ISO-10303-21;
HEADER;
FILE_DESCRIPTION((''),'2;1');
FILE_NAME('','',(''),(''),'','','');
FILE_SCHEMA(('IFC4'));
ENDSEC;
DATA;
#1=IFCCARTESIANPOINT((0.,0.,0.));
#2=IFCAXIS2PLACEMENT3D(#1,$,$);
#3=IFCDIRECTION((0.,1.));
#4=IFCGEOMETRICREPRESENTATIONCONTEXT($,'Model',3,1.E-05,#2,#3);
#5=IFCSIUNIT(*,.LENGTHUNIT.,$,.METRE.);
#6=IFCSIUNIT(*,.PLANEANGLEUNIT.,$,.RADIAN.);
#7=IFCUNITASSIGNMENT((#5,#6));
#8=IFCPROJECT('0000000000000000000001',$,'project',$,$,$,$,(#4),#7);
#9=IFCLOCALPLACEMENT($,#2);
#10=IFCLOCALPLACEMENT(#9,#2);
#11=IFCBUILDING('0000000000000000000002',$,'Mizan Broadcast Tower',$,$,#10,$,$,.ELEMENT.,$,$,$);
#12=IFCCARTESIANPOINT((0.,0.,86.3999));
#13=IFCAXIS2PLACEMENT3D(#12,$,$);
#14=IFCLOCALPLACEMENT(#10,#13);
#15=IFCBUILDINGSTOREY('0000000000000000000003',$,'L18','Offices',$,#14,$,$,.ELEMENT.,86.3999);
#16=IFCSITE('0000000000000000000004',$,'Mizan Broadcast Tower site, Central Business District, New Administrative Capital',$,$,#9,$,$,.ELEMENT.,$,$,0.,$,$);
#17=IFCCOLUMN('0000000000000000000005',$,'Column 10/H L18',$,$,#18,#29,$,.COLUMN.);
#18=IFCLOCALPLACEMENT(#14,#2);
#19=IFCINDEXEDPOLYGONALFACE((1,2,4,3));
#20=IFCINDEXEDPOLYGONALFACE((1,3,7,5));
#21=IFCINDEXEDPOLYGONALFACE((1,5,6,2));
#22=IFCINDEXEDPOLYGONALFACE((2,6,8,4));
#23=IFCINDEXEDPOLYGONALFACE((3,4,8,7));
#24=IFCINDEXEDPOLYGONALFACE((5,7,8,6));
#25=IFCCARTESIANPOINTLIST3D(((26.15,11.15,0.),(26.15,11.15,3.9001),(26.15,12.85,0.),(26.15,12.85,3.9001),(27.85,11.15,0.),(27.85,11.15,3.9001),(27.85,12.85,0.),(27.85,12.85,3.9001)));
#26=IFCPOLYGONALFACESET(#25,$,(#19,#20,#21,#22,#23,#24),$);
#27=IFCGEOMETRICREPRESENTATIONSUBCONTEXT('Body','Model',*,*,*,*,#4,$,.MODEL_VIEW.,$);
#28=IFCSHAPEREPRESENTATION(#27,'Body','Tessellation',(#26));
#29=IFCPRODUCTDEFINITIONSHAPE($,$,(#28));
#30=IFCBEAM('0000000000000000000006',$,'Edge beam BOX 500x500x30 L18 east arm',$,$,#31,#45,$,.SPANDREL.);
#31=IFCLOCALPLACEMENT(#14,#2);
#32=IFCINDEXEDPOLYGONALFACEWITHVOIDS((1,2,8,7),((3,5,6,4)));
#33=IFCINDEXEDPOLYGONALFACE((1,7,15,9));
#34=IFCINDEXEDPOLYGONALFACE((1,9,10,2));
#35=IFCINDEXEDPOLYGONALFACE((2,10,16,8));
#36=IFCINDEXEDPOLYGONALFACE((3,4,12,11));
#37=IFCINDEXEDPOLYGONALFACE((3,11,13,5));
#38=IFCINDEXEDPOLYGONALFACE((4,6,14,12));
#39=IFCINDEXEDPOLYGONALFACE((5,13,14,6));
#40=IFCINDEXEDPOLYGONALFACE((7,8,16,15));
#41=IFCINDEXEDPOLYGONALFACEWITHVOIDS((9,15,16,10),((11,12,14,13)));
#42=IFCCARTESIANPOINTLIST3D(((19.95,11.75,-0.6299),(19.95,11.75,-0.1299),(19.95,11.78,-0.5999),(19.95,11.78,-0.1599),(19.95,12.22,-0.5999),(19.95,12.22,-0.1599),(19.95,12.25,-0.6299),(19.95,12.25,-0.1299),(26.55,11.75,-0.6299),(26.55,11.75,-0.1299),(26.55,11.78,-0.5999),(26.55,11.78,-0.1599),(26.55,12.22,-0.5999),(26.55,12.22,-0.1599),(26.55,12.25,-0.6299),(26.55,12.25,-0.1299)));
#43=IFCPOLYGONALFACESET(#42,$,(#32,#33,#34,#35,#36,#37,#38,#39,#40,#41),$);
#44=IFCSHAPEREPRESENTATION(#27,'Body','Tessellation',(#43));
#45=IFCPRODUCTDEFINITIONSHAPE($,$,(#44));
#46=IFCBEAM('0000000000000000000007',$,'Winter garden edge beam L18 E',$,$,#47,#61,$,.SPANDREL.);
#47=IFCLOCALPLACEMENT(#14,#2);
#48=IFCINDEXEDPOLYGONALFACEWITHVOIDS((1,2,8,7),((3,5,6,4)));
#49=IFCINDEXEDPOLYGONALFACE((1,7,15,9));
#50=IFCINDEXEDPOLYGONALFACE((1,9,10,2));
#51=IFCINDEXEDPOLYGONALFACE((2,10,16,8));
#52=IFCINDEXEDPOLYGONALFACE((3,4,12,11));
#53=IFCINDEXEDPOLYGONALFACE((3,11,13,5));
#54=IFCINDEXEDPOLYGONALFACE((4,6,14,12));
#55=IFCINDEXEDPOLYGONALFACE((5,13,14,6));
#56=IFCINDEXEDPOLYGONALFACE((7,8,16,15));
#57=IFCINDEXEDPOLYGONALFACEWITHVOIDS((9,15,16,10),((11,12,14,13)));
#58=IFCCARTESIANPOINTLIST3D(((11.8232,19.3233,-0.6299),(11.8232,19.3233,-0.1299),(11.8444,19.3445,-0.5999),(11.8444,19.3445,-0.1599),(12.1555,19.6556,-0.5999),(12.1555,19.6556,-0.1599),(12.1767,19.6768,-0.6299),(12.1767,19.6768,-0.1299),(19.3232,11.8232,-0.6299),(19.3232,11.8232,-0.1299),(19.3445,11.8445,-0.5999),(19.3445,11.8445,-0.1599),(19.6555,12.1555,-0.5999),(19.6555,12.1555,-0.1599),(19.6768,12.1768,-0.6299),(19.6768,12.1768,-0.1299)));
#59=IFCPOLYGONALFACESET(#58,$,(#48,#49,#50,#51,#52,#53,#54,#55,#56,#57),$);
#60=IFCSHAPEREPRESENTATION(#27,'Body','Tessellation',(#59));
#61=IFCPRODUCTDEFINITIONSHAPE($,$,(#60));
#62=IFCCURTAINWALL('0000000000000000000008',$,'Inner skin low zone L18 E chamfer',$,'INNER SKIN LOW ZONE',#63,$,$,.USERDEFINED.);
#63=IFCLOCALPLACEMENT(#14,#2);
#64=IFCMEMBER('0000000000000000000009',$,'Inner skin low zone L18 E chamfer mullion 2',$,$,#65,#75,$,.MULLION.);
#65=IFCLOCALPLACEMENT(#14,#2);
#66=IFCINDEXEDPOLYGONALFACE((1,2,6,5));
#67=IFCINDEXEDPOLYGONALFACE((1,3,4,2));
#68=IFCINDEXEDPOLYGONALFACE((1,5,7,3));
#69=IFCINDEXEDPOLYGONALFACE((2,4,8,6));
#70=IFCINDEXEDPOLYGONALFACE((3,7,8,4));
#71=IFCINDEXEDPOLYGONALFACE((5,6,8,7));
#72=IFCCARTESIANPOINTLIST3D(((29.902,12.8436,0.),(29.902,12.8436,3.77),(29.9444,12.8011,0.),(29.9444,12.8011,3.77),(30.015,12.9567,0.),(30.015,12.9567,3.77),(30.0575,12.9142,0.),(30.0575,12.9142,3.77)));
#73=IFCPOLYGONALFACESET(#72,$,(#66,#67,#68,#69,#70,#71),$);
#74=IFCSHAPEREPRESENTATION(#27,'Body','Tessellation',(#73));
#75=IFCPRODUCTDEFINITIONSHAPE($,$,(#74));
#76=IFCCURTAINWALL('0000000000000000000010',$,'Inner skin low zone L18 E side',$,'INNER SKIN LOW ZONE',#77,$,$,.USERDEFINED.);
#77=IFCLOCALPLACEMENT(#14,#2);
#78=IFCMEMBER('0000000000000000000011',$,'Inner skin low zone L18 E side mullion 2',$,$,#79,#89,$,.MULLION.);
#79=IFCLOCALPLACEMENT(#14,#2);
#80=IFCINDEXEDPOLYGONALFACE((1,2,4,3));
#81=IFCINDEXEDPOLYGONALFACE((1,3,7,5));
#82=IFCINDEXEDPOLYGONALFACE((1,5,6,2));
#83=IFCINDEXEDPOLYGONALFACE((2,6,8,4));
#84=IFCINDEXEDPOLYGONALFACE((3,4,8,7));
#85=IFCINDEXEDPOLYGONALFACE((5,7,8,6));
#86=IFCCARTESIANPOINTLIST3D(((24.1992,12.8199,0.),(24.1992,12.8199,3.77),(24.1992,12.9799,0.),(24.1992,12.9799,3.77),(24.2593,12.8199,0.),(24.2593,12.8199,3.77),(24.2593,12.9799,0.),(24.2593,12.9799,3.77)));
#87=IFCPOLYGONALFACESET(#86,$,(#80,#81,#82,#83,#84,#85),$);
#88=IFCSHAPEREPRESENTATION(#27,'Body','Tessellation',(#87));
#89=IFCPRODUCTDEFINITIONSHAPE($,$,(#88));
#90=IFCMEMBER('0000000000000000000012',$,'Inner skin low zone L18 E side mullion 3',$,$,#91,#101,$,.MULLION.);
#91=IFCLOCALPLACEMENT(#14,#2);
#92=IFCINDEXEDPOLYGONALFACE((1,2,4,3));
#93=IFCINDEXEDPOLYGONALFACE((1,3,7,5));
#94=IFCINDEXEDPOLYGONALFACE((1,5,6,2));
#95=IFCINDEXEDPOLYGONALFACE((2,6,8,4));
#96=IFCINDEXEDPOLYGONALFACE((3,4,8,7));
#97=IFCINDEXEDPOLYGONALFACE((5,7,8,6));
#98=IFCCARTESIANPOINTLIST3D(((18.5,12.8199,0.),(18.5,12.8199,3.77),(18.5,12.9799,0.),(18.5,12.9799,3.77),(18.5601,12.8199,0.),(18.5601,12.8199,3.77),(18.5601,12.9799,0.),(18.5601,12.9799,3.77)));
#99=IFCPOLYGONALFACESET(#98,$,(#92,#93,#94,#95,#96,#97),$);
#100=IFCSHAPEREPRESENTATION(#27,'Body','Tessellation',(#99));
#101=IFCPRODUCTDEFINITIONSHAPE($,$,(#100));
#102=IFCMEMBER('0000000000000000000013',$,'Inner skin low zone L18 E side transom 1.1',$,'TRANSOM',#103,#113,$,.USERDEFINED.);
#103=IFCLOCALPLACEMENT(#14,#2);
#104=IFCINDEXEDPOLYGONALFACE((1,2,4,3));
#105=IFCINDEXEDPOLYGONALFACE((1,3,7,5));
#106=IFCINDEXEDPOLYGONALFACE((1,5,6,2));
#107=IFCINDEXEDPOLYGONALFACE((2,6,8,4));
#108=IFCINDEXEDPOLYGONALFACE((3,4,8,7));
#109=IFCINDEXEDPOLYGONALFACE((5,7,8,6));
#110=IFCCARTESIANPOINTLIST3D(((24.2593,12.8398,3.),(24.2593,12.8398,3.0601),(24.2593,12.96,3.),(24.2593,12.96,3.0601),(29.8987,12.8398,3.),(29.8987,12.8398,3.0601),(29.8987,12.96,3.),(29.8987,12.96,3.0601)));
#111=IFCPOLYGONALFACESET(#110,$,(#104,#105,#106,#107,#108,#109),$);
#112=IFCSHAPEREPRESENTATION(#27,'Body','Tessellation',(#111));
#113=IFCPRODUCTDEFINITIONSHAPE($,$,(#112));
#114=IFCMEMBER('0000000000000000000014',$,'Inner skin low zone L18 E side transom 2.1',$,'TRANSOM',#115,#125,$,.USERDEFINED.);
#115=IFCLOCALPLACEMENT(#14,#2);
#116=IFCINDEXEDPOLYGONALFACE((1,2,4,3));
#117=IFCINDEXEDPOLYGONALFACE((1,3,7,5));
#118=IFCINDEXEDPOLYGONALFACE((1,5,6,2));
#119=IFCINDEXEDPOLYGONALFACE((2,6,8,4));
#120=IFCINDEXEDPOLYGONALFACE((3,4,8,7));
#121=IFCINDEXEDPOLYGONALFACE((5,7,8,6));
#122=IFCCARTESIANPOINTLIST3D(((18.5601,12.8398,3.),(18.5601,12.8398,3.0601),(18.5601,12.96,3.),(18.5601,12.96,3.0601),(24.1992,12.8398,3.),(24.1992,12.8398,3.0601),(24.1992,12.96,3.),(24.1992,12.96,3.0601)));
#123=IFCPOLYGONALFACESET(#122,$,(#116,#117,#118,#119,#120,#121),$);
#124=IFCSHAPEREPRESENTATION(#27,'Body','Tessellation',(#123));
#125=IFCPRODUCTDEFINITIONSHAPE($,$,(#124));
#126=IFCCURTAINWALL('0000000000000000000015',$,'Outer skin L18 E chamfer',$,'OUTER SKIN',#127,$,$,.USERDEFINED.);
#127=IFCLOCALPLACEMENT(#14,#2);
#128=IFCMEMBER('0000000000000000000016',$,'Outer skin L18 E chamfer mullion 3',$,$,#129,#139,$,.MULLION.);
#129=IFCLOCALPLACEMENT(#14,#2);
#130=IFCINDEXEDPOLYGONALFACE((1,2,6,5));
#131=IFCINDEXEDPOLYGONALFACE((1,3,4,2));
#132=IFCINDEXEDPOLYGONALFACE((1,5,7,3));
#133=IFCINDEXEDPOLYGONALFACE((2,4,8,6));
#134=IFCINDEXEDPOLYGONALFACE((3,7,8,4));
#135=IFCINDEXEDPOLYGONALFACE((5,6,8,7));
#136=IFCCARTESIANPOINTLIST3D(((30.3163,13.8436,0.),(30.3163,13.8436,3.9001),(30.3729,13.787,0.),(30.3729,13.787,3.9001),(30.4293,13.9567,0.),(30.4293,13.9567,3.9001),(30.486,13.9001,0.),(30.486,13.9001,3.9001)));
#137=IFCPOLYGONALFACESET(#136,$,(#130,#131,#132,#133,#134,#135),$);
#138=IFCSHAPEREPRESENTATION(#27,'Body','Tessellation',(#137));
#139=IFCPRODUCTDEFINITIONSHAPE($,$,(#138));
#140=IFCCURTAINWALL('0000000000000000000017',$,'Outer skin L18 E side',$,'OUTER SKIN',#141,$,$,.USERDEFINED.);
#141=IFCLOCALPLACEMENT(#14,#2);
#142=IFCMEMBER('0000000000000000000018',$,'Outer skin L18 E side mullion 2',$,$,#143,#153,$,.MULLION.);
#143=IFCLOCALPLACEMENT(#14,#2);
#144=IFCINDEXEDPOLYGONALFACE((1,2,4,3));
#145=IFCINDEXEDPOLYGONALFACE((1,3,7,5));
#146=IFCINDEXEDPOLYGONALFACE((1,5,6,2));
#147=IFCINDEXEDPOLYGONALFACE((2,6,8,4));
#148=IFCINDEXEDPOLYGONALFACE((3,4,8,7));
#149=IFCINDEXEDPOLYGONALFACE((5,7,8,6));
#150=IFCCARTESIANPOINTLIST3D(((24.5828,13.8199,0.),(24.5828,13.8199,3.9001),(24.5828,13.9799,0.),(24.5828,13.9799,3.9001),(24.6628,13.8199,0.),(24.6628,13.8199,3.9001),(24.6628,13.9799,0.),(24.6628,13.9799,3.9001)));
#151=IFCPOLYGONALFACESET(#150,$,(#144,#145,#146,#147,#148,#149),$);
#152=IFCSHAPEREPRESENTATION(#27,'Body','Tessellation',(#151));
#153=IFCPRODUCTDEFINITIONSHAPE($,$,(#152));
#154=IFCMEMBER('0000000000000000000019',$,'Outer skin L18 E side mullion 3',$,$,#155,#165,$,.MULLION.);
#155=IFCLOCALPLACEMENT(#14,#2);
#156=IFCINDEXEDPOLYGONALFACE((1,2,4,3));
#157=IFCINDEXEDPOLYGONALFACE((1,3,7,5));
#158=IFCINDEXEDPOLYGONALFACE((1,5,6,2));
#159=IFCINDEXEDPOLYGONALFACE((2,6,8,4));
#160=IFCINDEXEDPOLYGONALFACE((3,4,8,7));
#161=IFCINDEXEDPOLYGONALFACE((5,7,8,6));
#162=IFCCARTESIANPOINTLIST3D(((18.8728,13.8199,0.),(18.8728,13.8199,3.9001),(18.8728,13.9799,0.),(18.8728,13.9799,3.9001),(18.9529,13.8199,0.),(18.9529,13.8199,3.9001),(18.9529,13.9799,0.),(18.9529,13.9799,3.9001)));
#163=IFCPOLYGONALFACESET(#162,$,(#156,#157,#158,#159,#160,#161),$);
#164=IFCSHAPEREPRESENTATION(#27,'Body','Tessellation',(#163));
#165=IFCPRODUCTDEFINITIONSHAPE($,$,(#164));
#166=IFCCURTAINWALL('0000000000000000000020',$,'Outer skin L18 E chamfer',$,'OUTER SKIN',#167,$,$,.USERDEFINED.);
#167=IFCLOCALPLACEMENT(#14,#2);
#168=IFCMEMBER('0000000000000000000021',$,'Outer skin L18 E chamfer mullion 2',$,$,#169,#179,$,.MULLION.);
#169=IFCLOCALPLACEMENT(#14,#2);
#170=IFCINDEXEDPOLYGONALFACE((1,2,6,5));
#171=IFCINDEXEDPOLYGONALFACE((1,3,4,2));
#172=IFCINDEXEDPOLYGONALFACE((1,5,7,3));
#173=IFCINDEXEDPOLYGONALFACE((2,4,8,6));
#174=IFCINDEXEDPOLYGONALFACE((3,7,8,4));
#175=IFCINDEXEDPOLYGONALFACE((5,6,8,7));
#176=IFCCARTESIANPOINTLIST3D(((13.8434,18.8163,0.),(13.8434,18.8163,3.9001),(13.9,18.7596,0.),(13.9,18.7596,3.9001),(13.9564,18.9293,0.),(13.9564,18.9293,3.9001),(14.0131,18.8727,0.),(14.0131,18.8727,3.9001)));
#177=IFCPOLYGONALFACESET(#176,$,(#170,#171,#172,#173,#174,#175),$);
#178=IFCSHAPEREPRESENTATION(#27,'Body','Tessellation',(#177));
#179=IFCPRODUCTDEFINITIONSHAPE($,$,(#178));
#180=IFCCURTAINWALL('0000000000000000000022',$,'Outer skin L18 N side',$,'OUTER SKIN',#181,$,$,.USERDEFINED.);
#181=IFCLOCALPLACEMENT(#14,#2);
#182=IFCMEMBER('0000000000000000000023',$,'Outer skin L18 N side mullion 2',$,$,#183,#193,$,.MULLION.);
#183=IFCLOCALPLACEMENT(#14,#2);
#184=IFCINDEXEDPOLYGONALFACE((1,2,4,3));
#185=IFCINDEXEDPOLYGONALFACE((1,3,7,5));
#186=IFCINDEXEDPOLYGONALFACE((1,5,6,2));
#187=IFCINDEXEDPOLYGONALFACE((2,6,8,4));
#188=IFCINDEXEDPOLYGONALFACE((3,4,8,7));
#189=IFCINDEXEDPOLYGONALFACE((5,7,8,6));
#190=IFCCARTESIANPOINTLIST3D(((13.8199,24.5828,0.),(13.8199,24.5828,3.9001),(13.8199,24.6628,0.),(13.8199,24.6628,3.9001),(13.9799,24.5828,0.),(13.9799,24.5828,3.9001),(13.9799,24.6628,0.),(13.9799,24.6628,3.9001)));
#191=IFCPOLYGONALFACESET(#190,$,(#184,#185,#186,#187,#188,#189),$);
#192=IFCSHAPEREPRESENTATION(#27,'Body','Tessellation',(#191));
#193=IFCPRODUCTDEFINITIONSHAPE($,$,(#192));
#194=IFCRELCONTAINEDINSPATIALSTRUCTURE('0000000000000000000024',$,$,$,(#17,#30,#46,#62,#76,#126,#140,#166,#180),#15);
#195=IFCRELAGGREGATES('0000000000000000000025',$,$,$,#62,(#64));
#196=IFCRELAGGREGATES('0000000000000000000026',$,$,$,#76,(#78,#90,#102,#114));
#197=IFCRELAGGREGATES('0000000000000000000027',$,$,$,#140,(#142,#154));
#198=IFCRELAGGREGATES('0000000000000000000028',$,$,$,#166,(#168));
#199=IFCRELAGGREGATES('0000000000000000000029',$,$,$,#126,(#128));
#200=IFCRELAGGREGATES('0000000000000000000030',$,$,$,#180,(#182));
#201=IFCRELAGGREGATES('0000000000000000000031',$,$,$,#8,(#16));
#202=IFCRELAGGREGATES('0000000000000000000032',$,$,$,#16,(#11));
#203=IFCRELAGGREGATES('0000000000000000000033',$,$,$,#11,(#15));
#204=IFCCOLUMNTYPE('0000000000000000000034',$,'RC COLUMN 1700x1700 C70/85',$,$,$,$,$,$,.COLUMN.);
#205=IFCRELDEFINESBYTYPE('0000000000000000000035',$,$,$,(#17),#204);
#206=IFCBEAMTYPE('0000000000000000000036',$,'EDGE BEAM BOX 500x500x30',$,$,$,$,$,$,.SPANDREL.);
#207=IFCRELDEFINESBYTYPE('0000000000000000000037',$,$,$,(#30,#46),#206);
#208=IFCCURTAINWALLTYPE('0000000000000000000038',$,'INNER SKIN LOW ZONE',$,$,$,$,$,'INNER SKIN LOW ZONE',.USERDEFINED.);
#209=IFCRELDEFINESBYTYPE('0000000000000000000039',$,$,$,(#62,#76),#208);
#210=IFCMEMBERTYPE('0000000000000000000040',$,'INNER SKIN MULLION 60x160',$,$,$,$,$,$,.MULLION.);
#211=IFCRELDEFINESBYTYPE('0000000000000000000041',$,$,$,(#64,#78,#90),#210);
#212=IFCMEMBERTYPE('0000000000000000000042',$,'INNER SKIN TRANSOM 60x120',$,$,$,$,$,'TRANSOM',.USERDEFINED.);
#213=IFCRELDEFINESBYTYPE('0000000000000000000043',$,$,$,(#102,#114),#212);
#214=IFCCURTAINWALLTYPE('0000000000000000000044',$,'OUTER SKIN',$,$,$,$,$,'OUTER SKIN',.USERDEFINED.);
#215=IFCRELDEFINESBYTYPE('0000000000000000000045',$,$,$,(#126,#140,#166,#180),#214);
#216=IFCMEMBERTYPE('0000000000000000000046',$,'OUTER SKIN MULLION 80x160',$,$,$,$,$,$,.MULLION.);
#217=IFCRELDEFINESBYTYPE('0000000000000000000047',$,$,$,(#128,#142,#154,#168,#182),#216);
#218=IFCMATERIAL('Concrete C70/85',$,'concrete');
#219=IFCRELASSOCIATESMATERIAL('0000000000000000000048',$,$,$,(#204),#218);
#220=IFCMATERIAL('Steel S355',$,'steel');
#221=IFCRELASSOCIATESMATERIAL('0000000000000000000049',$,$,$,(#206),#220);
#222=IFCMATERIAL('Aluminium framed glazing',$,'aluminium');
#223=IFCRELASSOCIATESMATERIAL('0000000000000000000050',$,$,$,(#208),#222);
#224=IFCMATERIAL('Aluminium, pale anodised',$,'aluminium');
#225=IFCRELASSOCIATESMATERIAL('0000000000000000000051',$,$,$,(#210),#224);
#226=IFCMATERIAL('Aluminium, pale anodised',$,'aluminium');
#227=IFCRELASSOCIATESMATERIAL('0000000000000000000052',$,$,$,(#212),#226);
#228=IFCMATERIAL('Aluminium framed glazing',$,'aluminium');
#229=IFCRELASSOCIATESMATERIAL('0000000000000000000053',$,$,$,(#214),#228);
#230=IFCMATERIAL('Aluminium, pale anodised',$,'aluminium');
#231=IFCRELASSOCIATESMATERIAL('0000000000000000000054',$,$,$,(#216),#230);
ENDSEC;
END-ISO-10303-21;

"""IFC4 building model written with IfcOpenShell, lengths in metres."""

from ifc_helpers import new_model, si_unit, direction, frame, origin, origin_2d, place, context, subcontext, project, spatial, rectangle, hollow_rectangle, extrude, material, material_profile, profile_set, type_object, element, aggregate, save


model = new_model("IFC4")

# Units and contexts
model_context = context("Model", 3, precision=1e-05, world=origin(), true_north=direction((0.0, 1.0)))
body_context = subcontext(model_context, "Body", "Model", "MODEL_VIEW")
ifc_project = project(units=[si_unit("LENGTHUNIT", "METRE"), si_unit("PLANEANGLEUNIT", "RADIAN")], contexts=[model_context])

# Site, building, storey
site_placement = place(None, origin())
site = spatial("IfcSite", under=ifc_project, at=site_placement, Name="Mizan Broadcast Tower site, Central Business District, New Administrative Capital", CompositionType="ELEMENT", RefElevation=0.0)
building_placement = place(site_placement, origin())
building = spatial("IfcBuilding", under=site, at=building_placement, Name="Mizan Broadcast Tower", CompositionType="ELEMENT")
storey_placement = place(building_placement, frame((0.0, 0.0, 86.3999)))
storey = spatial("IfcBuildingStorey", under=building, at=storey_placement, Name="L18", Description="Offices", CompositionType="ELEMENT", Elevation=86.3999)

# Column
ifc_material_1 = material(Name="Concrete C70/85", Category="concrete")
ifc_material_profile_1 = material_profile(ifc_material_1, rectangle(XDim=1.7, YDim=1.7, at=origin_2d()), Name="RC 1700x1700")
ifc_profile_set_1 = profile_set([ifc_material_profile_1], Name="Concrete C70/85")
column_type = type_object("IfcColumnType", Name="RC COLUMN 1700x1700 C70/85", PredefinedType="COLUMN", material=ifc_profile_set_1)
column_placement = place(storey_placement, frame((27.0, 12.0, 0.0), z_axis=(0.0, 0.0, 1.0), x_axis=(1.0, 0.0, 0.0)))
element("IfcColumn", 1, at=column_placement, inside=storey, type_object=column_type, Name="Column 10/H L18", PredefinedType="COLUMN", context=body_context, shape_type="SweptSolid", body=[
    extrude(rectangle(XDim=1.7, YDim=1.7, at=origin_2d()), origin(), (0.0, 0.0, 1.0), 3.9001),
])

# Beams
ifc_material_2 = material(Name="Steel S355", Category="steel")
ifc_material_profile_2 = material_profile(ifc_material_2, hollow_rectangle(XDim=0.5, YDim=0.5, WallThickness=0.03, at=origin_2d()), Name="BOX 500x500x30")
ifc_profile_set_2 = profile_set([ifc_material_profile_2], Name="Steel S355")
beam_type_1 = type_object("IfcBeamType", Name="EDGE BEAM BOX 500x500x30", PredefinedType="SPANDREL", material=ifc_profile_set_2)
beam_1_placement = place(storey_placement, frame((19.95, 12.0, -0.3799), z_axis=(1.0, 0.0, 0.0), x_axis=(0.0, 1.0, 0.0)))
element("IfcBeam", 2, at=beam_1_placement, inside=storey, type_object=beam_type_1, Name="Edge beam BOX 500x500x30 L18 east arm", PredefinedType="SPANDREL", context=body_context, shape_type="SweptSolid", body=[
    extrude(hollow_rectangle(XDim=0.5, YDim=0.5, WallThickness=0.03, at=origin_2d()), origin(), (0.0, 0.0, 1.0), 6.6001),
])
beam_2_placement = place(storey_placement, frame((19.5, 12.0, -0.3799), z_axis=(-0.707107, 0.707107, 0.0), x_axis=(-0.707107, -0.707107, 0.0)))
element("IfcBeam", 3, at=beam_2_placement, inside=storey, type_object=beam_type_1, Name="Winter garden edge beam L18 E", PredefinedType="SPANDREL", context=body_context, shape_type="SweptSolid", body=[
    extrude(hollow_rectangle(XDim=0.5, YDim=0.5, WallThickness=0.03, at=origin_2d()), origin(), (0.0, 0.0, 1.0), 10.6067),
])

# Curtain wall, member
ifc_material_3 = material(Name="Aluminium framed glazing", Category="aluminium")
curtain_wall_type_1 = type_object("IfcCurtainWallType", Name="INNER SKIN LOW ZONE", ElementType="INNER SKIN LOW ZONE", PredefinedType="USERDEFINED", material=ifc_material_3)
curtain_wall_1_placement = place(storey_placement, origin())
curtain_wall_1 = element("IfcCurtainWall", 4, at=curtain_wall_1_placement, inside=storey, type_object=curtain_wall_type_1, Name="Inner skin low zone L18 E chamfer", ObjectType="INNER SKIN LOW ZONE", PredefinedType="USERDEFINED")
ifc_material_4 = material(Name="Aluminium, pale anodised", Category="aluminium")
ifc_material_profile_3 = material_profile(ifc_material_4, rectangle(XDim=0.1599, YDim=0.0601, at=origin_2d()), Name="MULLION 160x60")
ifc_profile_set_3 = profile_set([ifc_material_profile_3], Name="Aluminium, pale anodised")
member_type_1 = type_object("IfcMemberType", Name="INNER SKIN MULLION 60x160", PredefinedType="MULLION", material=ifc_profile_set_3)
member_1_placement = place(storey_placement, frame((29.9797, 12.8789, 0.0), z_axis=(0.0, 0.0, 1.0), x_axis=(-0.707107, -0.707107, 0.0)))
member_1 = element("IfcMember", 5, at=member_1_placement, type_object=member_type_1, Name="Inner skin low zone L18 E chamfer mullion 2", PredefinedType="MULLION", context=body_context, shape_type="SweptSolid", body=[
    extrude(rectangle(XDim=0.1599, YDim=0.0601, at=origin_2d()), origin(), (0.0, 0.0, 1.0), 3.77),
])
aggregate(curtain_wall_1, [member_1])

# Curtain wall, members
curtain_wall_2_placement = place(storey_placement, origin())
curtain_wall_2 = element("IfcCurtainWall", 6, at=curtain_wall_2_placement, inside=storey, type_object=curtain_wall_type_1, Name="Inner skin low zone L18 E side", ObjectType="INNER SKIN LOW ZONE", PredefinedType="USERDEFINED")
member_2_placement = place(storey_placement, frame((24.2292, 12.8999, 0.0), z_axis=(0.0, 0.0, 1.0), x_axis=(0.0, -1.0, 0.0)))
member_2 = element("IfcMember", 7, at=member_2_placement, type_object=member_type_1, Name="Inner skin low zone L18 E side mullion 2", PredefinedType="MULLION", context=body_context, shape_type="SweptSolid", body=[
    extrude(rectangle(XDim=0.1599, YDim=0.0601, at=origin_2d()), origin(), (0.0, 0.0, 1.0), 3.77),
])
member_3_placement = place(storey_placement, frame((18.53, 12.8999, 0.0), z_axis=(0.0, 0.0, 1.0), x_axis=(0.0, -1.0, 0.0)))
member_3 = element("IfcMember", 8, at=member_3_placement, type_object=member_type_1, Name="Inner skin low zone L18 E side mullion 3", PredefinedType="MULLION", context=body_context, shape_type="SweptSolid", body=[
    extrude(rectangle(XDim=0.1599, YDim=0.0601, at=origin_2d()), origin(), (0.0, 0.0, 1.0), 3.77),
])
ifc_material_5 = material(Name="Aluminium, pale anodised", Category="aluminium")
ifc_material_profile_4 = material_profile(ifc_material_5, rectangle(XDim=0.1201, YDim=0.0601, at=origin_2d()), Name="TRANSOM 120x60")
ifc_profile_set_4 = profile_set([ifc_material_profile_4], Name="Aluminium, pale anodised")
member_type_2 = type_object("IfcMemberType", Name="INNER SKIN TRANSOM 60x120", ElementType="TRANSOM", PredefinedType="USERDEFINED", material=ifc_profile_set_4)
member_4_placement = place(storey_placement, frame((29.8987, 12.8999, 3.03), z_axis=(-1.0, 0.0, 0.0), x_axis=(0.0, -1.0, 0.0)))
member_4 = element("IfcMember", 9, at=member_4_placement, type_object=member_type_2, Name="Inner skin low zone L18 E side transom 1.1", ObjectType="TRANSOM", PredefinedType="USERDEFINED", context=body_context, shape_type="SweptSolid", body=[
    extrude(rectangle(XDim=0.1201, YDim=0.0601, at=origin_2d()), origin(), (0.0, 0.0, 1.0), 5.6394),
])
member_5_placement = place(storey_placement, frame((24.1992, 12.8999, 3.03), z_axis=(-1.0, 0.0, 0.0), x_axis=(0.0, -1.0, 0.0)))
member_5 = element("IfcMember", 10, at=member_5_placement, type_object=member_type_2, Name="Inner skin low zone L18 E side transom 2.1", ObjectType="TRANSOM", PredefinedType="USERDEFINED", context=body_context, shape_type="SweptSolid", body=[
    extrude(rectangle(XDim=0.1201, YDim=0.0601, at=origin_2d()), origin(), (0.0, 0.0, 1.0), 5.6392),
])

# Curtain wall, member
ifc_material_6 = material(Name="Aluminium framed glazing", Category="aluminium")
curtain_wall_type_2 = type_object("IfcCurtainWallType", Name="OUTER SKIN", ElementType="OUTER SKIN", PredefinedType="USERDEFINED", material=ifc_material_6)
curtain_wall_3_placement = place(storey_placement, origin())
curtain_wall_3 = element("IfcCurtainWall", 11, at=curtain_wall_3_placement, inside=storey, type_object=curtain_wall_type_2, Name="Outer skin L18 E chamfer", ObjectType="OUTER SKIN", PredefinedType="USERDEFINED")
ifc_material_7 = material(Name="Aluminium, pale anodised", Category="aluminium")
ifc_material_profile_5 = material_profile(ifc_material_7, rectangle(XDim=0.1599, YDim=0.0801, at=origin_2d()), Name="MULLION 160x80")
ifc_profile_set_5 = profile_set([ifc_material_profile_5], Name="Aluminium, pale anodised")
member_type_3 = type_object("IfcMemberType", Name="OUTER SKIN MULLION 80x160", PredefinedType="MULLION", material=ifc_profile_set_5)
member_6_placement = place(storey_placement, frame((30.4011, 13.8718, 0.0), z_axis=(0.0, 0.0, 1.0), x_axis=(-0.707107, -0.707107, 0.0)))
member_6 = element("IfcMember", 12, at=member_6_placement, type_object=member_type_3, Name="Outer skin L18 E chamfer mullion 3", PredefinedType="MULLION", context=body_context, shape_type="SweptSolid", body=[
    extrude(rectangle(XDim=0.1599, YDim=0.0801, at=origin_2d()), origin(), (0.0, 0.0, 1.0), 3.9001),
])

# Curtain wall, members
curtain_wall_4_placement = place(storey_placement, origin())
curtain_wall_4 = element("IfcCurtainWall", 13, at=curtain_wall_4_placement, inside=storey, type_object=curtain_wall_type_2, Name="Outer skin L18 E side", ObjectType="OUTER SKIN", PredefinedType="USERDEFINED")
member_7_placement = place(storey_placement, frame((24.6228, 13.8999, 0.0), z_axis=(0.0, 0.0, 1.0), x_axis=(0.0, -1.0, 0.0)))
member_7 = element("IfcMember", 14, at=member_7_placement, type_object=member_type_3, Name="Outer skin L18 E side mullion 2", PredefinedType="MULLION", context=body_context, shape_type="SweptSolid", body=[
    extrude(rectangle(XDim=0.1599, YDim=0.0801, at=origin_2d()), origin(), (0.0, 0.0, 1.0), 3.9001),
])
member_8_placement = place(storey_placement, frame((18.9128, 13.8999, 0.0), z_axis=(0.0, 0.0, 1.0), x_axis=(0.0, -1.0, 0.0)))
member_8 = element("IfcMember", 15, at=member_8_placement, type_object=member_type_3, Name="Outer skin L18 E side mullion 3", PredefinedType="MULLION", context=body_context, shape_type="SweptSolid", body=[
    extrude(rectangle(XDim=0.1599, YDim=0.0801, at=origin_2d()), origin(), (0.0, 0.0, 1.0), 3.9001),
])

# Curtain wall, member
curtain_wall_5_placement = place(storey_placement, origin())
curtain_wall_5 = element("IfcCurtainWall", 16, at=curtain_wall_5_placement, inside=storey, type_object=curtain_wall_type_2, Name="Outer skin L18 E chamfer", ObjectType="OUTER SKIN", PredefinedType="USERDEFINED")
member_9_placement = place(storey_placement, frame((13.9282, 18.8445, 0.0), z_axis=(0.0, 0.0, 1.0), x_axis=(-0.707107, -0.707107, 0.0)))
member_9 = element("IfcMember", 17, at=member_9_placement, type_object=member_type_3, Name="Outer skin L18 E chamfer mullion 2", PredefinedType="MULLION", context=body_context, shape_type="SweptSolid", body=[
    extrude(rectangle(XDim=0.1599, YDim=0.0801, at=origin_2d()), origin(), (0.0, 0.0, 1.0), 3.9001),
])

# Curtain wall, member
curtain_wall_6_placement = place(storey_placement, origin())
curtain_wall_6 = element("IfcCurtainWall", 18, at=curtain_wall_6_placement, inside=storey, type_object=curtain_wall_type_2, Name="Outer skin L18 N side", ObjectType="OUTER SKIN", PredefinedType="USERDEFINED")
member_10_placement = place(storey_placement, frame((13.8999, 24.6228, 0.0), z_axis=(0.0, 0.0, 1.0), x_axis=(-1.0, 0.0, 0.0)))
member_10 = element("IfcMember", 19, at=member_10_placement, type_object=member_type_3, Name="Outer skin L18 N side mullion 2", PredefinedType="MULLION", context=body_context, shape_type="SweptSolid", body=[
    extrude(rectangle(XDim=0.1599, YDim=0.0801, at=origin_2d()), origin(), (0.0, 0.0, 1.0), 3.9001),
])

aggregate(curtain_wall_2, [member_2, member_3, member_4, member_5])
aggregate(curtain_wall_4, [member_7, member_8])
aggregate(curtain_wall_5, [member_9])
aggregate(curtain_wall_3, [member_6])
aggregate(curtain_wall_6, [member_10])

save(model, "model.ifc")
